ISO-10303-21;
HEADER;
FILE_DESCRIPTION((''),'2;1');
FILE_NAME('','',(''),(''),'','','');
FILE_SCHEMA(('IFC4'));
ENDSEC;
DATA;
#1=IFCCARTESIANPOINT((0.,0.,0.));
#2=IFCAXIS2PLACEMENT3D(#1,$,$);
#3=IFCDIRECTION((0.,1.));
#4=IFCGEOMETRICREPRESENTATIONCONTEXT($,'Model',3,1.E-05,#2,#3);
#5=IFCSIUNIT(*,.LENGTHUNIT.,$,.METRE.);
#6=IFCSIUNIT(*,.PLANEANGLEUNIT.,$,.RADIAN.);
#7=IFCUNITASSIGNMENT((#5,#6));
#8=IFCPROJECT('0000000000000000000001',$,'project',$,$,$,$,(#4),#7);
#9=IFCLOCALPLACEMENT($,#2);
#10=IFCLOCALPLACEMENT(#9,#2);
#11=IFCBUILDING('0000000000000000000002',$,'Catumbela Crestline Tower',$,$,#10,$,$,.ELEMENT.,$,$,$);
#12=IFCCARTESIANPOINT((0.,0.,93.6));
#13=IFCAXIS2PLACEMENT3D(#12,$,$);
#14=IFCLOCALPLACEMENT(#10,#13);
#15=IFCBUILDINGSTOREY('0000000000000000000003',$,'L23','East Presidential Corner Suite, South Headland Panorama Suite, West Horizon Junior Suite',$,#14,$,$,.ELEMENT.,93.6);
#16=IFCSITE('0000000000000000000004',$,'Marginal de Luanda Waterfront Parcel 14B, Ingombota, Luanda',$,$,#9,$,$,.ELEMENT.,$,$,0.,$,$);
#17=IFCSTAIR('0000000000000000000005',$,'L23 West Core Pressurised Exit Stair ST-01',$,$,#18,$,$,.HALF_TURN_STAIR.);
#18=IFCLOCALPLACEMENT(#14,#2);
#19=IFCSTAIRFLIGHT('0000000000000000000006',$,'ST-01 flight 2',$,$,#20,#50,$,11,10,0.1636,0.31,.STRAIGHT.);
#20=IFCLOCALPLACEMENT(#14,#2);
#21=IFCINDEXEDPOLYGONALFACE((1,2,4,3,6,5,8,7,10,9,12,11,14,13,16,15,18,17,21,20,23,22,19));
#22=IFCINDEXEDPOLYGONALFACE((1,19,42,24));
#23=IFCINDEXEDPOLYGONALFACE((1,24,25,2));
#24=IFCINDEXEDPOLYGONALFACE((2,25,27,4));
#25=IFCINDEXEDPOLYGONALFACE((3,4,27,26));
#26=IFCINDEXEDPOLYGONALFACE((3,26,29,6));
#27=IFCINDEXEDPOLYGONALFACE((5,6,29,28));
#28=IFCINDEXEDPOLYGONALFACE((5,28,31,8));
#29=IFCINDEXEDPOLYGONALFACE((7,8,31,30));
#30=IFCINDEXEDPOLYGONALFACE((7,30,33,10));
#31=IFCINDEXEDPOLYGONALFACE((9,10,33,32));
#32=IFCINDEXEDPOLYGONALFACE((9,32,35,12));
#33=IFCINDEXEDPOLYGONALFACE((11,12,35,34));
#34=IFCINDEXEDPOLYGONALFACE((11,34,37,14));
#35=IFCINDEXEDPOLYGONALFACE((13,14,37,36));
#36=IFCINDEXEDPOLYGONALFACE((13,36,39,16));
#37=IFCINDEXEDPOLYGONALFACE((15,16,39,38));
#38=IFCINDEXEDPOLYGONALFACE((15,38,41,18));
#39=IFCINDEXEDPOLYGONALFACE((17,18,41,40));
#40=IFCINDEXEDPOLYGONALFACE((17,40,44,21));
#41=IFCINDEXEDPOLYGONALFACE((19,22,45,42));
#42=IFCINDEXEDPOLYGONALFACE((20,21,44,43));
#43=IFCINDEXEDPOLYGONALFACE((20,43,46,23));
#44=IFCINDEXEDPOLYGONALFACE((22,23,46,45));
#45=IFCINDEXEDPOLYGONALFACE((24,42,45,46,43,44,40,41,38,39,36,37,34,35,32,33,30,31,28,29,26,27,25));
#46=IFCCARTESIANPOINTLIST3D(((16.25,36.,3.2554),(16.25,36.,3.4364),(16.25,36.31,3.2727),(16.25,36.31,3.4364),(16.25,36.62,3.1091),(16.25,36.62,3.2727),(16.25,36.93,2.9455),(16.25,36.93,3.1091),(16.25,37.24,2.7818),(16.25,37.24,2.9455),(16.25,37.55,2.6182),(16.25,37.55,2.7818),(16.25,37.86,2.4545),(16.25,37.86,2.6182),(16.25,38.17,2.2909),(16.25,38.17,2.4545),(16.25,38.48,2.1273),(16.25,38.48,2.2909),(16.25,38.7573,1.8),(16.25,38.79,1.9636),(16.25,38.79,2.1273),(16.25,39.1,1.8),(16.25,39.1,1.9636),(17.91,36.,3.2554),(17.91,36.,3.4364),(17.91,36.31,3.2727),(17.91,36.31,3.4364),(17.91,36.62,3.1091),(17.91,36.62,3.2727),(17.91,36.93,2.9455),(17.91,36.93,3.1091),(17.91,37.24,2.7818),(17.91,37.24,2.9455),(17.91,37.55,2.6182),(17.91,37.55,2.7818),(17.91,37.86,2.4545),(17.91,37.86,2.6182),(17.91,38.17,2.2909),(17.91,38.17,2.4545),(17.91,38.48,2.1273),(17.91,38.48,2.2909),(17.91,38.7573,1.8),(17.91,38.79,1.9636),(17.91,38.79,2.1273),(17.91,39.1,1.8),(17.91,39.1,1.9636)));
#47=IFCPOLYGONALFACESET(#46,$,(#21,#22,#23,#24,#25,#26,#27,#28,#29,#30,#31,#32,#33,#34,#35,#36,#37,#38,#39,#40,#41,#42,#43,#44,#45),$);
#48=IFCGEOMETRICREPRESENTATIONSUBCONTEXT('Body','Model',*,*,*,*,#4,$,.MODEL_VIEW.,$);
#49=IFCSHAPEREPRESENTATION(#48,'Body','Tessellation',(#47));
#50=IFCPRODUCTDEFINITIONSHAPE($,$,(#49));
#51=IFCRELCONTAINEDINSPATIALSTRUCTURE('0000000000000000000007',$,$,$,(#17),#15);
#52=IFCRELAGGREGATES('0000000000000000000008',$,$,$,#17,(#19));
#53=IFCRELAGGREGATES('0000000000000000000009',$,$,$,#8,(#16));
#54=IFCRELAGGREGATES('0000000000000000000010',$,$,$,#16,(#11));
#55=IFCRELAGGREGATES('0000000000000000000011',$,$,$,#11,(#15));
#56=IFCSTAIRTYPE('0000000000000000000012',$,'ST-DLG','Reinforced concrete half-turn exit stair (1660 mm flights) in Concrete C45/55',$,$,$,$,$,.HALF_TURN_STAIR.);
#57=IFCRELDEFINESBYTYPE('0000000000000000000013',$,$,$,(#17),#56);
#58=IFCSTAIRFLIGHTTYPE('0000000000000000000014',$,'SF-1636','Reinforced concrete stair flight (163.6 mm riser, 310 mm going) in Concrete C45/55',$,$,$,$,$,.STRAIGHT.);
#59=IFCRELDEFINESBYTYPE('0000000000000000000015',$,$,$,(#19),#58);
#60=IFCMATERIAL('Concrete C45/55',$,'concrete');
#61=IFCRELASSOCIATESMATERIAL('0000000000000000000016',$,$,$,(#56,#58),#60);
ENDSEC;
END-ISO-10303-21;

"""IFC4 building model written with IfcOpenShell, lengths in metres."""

from ifc_helpers import new_model, si_unit, direction, frame, origin, place, context, subcontext, project, spatial, polyline, outline, extrude, material, type_object, element, aggregate, save


model = new_model("IFC4")

# Units and contexts
model_context = context("Model", 3, precision=1e-05, world=origin(), true_north=direction((0.0, 1.0)))
body_context = subcontext(model_context, "Body", "Model", "MODEL_VIEW")
ifc_project = project(units=[si_unit("LENGTHUNIT", "METRE"), si_unit("PLANEANGLEUNIT", "RADIAN")], contexts=[model_context])

# Site, building, storey
site_placement = place(None, origin())
site = spatial("IfcSite", under=ifc_project, at=site_placement, Name="Marginal de Luanda Waterfront Parcel 14B, Ingombota, Luanda", CompositionType="ELEMENT", RefElevation=0.0)
building_placement = place(site_placement, origin())
building = spatial("IfcBuilding", under=site, at=building_placement, Name="Catumbela Crestline Tower", CompositionType="ELEMENT")
storey_placement = place(building_placement, frame((0.0, 0.0, 93.6)))
storey = spatial("IfcBuildingStorey", under=building, at=storey_placement, Name="L23", Description="East Presidential Corner Suite, South Headland Panorama Suite, West Horizon Junior Suite", CompositionType="ELEMENT", Elevation=93.6)

# Stair, stair flight
ifc_material_1 = material(Name="Concrete C45/55", Category="concrete")
stair_type = type_object("IfcStairType", Name="ST-DLG", Description="Reinforced concrete half-turn exit stair (1660 mm flights) in Concrete C45/55", PredefinedType="HALF_TURN_STAIR", material=ifc_material_1)
stair_placement = place(storey_placement, origin())
stair = element("IfcStair", 1, at=stair_placement, inside=storey, type_object=stair_type, Name="L23 West Core Pressurised Exit Stair ST-01", PredefinedType="HALF_TURN_STAIR")
stair_flight_type = type_object("IfcStairFlightType", Name="SF-1636", Description="Reinforced concrete stair flight (163.6 mm riser, 310 mm going) in Concrete C45/55", PredefinedType="STRAIGHT", material=ifc_material_1)
stair_flight_placement = place(storey_placement, frame((17.08, 39.1, 1.8), z_axis=(0.0, 0.0, 1.0), x_axis=(0.0, -1.0, 0.0)))
stair_flight = element("IfcStairFlight", 2, at=stair_flight_placement, type_object=stair_flight_type, Name="ST-01 flight 2", NumberOfRisers=11, NumberOfTreads=10, PredefinedType="STRAIGHT", RiserHeight=0.1636, TreadLength=0.31, context=body_context, shape_type="SweptSolid", body=[
    extrude(outline(polyline([(0.0, 0.0), (0.0, 0.1636), (0.31, 0.1636), (0.31, 0.3273), (0.62, 0.3273), (0.62, 0.4909), (0.93, 0.4909), (0.93, 0.6545), (1.24, 0.6545), (1.24, 0.8182), (1.55, 0.8182), (1.55, 0.9818), (1.86, 0.9818), (1.86, 1.1455), (2.17, 1.1455), (2.17, 1.3091), (2.48, 1.3091), (2.48, 1.4727), (2.79, 1.4727), (2.79, 1.6364), (3.1, 1.6364), (3.1, 1.8), (3.1, 1.4554), (0.3427, 0.0), (0.0, 0.0)])), frame((0.0, 0.83, 0.0), z_axis=(0.0, -1.0, 0.0), x_axis=(1.0, 0.0, 0.0)), (0.0, 0.0, 1.0), 1.66),
])
aggregate(stair, [stair_flight])

save(model, "model.ifc")
